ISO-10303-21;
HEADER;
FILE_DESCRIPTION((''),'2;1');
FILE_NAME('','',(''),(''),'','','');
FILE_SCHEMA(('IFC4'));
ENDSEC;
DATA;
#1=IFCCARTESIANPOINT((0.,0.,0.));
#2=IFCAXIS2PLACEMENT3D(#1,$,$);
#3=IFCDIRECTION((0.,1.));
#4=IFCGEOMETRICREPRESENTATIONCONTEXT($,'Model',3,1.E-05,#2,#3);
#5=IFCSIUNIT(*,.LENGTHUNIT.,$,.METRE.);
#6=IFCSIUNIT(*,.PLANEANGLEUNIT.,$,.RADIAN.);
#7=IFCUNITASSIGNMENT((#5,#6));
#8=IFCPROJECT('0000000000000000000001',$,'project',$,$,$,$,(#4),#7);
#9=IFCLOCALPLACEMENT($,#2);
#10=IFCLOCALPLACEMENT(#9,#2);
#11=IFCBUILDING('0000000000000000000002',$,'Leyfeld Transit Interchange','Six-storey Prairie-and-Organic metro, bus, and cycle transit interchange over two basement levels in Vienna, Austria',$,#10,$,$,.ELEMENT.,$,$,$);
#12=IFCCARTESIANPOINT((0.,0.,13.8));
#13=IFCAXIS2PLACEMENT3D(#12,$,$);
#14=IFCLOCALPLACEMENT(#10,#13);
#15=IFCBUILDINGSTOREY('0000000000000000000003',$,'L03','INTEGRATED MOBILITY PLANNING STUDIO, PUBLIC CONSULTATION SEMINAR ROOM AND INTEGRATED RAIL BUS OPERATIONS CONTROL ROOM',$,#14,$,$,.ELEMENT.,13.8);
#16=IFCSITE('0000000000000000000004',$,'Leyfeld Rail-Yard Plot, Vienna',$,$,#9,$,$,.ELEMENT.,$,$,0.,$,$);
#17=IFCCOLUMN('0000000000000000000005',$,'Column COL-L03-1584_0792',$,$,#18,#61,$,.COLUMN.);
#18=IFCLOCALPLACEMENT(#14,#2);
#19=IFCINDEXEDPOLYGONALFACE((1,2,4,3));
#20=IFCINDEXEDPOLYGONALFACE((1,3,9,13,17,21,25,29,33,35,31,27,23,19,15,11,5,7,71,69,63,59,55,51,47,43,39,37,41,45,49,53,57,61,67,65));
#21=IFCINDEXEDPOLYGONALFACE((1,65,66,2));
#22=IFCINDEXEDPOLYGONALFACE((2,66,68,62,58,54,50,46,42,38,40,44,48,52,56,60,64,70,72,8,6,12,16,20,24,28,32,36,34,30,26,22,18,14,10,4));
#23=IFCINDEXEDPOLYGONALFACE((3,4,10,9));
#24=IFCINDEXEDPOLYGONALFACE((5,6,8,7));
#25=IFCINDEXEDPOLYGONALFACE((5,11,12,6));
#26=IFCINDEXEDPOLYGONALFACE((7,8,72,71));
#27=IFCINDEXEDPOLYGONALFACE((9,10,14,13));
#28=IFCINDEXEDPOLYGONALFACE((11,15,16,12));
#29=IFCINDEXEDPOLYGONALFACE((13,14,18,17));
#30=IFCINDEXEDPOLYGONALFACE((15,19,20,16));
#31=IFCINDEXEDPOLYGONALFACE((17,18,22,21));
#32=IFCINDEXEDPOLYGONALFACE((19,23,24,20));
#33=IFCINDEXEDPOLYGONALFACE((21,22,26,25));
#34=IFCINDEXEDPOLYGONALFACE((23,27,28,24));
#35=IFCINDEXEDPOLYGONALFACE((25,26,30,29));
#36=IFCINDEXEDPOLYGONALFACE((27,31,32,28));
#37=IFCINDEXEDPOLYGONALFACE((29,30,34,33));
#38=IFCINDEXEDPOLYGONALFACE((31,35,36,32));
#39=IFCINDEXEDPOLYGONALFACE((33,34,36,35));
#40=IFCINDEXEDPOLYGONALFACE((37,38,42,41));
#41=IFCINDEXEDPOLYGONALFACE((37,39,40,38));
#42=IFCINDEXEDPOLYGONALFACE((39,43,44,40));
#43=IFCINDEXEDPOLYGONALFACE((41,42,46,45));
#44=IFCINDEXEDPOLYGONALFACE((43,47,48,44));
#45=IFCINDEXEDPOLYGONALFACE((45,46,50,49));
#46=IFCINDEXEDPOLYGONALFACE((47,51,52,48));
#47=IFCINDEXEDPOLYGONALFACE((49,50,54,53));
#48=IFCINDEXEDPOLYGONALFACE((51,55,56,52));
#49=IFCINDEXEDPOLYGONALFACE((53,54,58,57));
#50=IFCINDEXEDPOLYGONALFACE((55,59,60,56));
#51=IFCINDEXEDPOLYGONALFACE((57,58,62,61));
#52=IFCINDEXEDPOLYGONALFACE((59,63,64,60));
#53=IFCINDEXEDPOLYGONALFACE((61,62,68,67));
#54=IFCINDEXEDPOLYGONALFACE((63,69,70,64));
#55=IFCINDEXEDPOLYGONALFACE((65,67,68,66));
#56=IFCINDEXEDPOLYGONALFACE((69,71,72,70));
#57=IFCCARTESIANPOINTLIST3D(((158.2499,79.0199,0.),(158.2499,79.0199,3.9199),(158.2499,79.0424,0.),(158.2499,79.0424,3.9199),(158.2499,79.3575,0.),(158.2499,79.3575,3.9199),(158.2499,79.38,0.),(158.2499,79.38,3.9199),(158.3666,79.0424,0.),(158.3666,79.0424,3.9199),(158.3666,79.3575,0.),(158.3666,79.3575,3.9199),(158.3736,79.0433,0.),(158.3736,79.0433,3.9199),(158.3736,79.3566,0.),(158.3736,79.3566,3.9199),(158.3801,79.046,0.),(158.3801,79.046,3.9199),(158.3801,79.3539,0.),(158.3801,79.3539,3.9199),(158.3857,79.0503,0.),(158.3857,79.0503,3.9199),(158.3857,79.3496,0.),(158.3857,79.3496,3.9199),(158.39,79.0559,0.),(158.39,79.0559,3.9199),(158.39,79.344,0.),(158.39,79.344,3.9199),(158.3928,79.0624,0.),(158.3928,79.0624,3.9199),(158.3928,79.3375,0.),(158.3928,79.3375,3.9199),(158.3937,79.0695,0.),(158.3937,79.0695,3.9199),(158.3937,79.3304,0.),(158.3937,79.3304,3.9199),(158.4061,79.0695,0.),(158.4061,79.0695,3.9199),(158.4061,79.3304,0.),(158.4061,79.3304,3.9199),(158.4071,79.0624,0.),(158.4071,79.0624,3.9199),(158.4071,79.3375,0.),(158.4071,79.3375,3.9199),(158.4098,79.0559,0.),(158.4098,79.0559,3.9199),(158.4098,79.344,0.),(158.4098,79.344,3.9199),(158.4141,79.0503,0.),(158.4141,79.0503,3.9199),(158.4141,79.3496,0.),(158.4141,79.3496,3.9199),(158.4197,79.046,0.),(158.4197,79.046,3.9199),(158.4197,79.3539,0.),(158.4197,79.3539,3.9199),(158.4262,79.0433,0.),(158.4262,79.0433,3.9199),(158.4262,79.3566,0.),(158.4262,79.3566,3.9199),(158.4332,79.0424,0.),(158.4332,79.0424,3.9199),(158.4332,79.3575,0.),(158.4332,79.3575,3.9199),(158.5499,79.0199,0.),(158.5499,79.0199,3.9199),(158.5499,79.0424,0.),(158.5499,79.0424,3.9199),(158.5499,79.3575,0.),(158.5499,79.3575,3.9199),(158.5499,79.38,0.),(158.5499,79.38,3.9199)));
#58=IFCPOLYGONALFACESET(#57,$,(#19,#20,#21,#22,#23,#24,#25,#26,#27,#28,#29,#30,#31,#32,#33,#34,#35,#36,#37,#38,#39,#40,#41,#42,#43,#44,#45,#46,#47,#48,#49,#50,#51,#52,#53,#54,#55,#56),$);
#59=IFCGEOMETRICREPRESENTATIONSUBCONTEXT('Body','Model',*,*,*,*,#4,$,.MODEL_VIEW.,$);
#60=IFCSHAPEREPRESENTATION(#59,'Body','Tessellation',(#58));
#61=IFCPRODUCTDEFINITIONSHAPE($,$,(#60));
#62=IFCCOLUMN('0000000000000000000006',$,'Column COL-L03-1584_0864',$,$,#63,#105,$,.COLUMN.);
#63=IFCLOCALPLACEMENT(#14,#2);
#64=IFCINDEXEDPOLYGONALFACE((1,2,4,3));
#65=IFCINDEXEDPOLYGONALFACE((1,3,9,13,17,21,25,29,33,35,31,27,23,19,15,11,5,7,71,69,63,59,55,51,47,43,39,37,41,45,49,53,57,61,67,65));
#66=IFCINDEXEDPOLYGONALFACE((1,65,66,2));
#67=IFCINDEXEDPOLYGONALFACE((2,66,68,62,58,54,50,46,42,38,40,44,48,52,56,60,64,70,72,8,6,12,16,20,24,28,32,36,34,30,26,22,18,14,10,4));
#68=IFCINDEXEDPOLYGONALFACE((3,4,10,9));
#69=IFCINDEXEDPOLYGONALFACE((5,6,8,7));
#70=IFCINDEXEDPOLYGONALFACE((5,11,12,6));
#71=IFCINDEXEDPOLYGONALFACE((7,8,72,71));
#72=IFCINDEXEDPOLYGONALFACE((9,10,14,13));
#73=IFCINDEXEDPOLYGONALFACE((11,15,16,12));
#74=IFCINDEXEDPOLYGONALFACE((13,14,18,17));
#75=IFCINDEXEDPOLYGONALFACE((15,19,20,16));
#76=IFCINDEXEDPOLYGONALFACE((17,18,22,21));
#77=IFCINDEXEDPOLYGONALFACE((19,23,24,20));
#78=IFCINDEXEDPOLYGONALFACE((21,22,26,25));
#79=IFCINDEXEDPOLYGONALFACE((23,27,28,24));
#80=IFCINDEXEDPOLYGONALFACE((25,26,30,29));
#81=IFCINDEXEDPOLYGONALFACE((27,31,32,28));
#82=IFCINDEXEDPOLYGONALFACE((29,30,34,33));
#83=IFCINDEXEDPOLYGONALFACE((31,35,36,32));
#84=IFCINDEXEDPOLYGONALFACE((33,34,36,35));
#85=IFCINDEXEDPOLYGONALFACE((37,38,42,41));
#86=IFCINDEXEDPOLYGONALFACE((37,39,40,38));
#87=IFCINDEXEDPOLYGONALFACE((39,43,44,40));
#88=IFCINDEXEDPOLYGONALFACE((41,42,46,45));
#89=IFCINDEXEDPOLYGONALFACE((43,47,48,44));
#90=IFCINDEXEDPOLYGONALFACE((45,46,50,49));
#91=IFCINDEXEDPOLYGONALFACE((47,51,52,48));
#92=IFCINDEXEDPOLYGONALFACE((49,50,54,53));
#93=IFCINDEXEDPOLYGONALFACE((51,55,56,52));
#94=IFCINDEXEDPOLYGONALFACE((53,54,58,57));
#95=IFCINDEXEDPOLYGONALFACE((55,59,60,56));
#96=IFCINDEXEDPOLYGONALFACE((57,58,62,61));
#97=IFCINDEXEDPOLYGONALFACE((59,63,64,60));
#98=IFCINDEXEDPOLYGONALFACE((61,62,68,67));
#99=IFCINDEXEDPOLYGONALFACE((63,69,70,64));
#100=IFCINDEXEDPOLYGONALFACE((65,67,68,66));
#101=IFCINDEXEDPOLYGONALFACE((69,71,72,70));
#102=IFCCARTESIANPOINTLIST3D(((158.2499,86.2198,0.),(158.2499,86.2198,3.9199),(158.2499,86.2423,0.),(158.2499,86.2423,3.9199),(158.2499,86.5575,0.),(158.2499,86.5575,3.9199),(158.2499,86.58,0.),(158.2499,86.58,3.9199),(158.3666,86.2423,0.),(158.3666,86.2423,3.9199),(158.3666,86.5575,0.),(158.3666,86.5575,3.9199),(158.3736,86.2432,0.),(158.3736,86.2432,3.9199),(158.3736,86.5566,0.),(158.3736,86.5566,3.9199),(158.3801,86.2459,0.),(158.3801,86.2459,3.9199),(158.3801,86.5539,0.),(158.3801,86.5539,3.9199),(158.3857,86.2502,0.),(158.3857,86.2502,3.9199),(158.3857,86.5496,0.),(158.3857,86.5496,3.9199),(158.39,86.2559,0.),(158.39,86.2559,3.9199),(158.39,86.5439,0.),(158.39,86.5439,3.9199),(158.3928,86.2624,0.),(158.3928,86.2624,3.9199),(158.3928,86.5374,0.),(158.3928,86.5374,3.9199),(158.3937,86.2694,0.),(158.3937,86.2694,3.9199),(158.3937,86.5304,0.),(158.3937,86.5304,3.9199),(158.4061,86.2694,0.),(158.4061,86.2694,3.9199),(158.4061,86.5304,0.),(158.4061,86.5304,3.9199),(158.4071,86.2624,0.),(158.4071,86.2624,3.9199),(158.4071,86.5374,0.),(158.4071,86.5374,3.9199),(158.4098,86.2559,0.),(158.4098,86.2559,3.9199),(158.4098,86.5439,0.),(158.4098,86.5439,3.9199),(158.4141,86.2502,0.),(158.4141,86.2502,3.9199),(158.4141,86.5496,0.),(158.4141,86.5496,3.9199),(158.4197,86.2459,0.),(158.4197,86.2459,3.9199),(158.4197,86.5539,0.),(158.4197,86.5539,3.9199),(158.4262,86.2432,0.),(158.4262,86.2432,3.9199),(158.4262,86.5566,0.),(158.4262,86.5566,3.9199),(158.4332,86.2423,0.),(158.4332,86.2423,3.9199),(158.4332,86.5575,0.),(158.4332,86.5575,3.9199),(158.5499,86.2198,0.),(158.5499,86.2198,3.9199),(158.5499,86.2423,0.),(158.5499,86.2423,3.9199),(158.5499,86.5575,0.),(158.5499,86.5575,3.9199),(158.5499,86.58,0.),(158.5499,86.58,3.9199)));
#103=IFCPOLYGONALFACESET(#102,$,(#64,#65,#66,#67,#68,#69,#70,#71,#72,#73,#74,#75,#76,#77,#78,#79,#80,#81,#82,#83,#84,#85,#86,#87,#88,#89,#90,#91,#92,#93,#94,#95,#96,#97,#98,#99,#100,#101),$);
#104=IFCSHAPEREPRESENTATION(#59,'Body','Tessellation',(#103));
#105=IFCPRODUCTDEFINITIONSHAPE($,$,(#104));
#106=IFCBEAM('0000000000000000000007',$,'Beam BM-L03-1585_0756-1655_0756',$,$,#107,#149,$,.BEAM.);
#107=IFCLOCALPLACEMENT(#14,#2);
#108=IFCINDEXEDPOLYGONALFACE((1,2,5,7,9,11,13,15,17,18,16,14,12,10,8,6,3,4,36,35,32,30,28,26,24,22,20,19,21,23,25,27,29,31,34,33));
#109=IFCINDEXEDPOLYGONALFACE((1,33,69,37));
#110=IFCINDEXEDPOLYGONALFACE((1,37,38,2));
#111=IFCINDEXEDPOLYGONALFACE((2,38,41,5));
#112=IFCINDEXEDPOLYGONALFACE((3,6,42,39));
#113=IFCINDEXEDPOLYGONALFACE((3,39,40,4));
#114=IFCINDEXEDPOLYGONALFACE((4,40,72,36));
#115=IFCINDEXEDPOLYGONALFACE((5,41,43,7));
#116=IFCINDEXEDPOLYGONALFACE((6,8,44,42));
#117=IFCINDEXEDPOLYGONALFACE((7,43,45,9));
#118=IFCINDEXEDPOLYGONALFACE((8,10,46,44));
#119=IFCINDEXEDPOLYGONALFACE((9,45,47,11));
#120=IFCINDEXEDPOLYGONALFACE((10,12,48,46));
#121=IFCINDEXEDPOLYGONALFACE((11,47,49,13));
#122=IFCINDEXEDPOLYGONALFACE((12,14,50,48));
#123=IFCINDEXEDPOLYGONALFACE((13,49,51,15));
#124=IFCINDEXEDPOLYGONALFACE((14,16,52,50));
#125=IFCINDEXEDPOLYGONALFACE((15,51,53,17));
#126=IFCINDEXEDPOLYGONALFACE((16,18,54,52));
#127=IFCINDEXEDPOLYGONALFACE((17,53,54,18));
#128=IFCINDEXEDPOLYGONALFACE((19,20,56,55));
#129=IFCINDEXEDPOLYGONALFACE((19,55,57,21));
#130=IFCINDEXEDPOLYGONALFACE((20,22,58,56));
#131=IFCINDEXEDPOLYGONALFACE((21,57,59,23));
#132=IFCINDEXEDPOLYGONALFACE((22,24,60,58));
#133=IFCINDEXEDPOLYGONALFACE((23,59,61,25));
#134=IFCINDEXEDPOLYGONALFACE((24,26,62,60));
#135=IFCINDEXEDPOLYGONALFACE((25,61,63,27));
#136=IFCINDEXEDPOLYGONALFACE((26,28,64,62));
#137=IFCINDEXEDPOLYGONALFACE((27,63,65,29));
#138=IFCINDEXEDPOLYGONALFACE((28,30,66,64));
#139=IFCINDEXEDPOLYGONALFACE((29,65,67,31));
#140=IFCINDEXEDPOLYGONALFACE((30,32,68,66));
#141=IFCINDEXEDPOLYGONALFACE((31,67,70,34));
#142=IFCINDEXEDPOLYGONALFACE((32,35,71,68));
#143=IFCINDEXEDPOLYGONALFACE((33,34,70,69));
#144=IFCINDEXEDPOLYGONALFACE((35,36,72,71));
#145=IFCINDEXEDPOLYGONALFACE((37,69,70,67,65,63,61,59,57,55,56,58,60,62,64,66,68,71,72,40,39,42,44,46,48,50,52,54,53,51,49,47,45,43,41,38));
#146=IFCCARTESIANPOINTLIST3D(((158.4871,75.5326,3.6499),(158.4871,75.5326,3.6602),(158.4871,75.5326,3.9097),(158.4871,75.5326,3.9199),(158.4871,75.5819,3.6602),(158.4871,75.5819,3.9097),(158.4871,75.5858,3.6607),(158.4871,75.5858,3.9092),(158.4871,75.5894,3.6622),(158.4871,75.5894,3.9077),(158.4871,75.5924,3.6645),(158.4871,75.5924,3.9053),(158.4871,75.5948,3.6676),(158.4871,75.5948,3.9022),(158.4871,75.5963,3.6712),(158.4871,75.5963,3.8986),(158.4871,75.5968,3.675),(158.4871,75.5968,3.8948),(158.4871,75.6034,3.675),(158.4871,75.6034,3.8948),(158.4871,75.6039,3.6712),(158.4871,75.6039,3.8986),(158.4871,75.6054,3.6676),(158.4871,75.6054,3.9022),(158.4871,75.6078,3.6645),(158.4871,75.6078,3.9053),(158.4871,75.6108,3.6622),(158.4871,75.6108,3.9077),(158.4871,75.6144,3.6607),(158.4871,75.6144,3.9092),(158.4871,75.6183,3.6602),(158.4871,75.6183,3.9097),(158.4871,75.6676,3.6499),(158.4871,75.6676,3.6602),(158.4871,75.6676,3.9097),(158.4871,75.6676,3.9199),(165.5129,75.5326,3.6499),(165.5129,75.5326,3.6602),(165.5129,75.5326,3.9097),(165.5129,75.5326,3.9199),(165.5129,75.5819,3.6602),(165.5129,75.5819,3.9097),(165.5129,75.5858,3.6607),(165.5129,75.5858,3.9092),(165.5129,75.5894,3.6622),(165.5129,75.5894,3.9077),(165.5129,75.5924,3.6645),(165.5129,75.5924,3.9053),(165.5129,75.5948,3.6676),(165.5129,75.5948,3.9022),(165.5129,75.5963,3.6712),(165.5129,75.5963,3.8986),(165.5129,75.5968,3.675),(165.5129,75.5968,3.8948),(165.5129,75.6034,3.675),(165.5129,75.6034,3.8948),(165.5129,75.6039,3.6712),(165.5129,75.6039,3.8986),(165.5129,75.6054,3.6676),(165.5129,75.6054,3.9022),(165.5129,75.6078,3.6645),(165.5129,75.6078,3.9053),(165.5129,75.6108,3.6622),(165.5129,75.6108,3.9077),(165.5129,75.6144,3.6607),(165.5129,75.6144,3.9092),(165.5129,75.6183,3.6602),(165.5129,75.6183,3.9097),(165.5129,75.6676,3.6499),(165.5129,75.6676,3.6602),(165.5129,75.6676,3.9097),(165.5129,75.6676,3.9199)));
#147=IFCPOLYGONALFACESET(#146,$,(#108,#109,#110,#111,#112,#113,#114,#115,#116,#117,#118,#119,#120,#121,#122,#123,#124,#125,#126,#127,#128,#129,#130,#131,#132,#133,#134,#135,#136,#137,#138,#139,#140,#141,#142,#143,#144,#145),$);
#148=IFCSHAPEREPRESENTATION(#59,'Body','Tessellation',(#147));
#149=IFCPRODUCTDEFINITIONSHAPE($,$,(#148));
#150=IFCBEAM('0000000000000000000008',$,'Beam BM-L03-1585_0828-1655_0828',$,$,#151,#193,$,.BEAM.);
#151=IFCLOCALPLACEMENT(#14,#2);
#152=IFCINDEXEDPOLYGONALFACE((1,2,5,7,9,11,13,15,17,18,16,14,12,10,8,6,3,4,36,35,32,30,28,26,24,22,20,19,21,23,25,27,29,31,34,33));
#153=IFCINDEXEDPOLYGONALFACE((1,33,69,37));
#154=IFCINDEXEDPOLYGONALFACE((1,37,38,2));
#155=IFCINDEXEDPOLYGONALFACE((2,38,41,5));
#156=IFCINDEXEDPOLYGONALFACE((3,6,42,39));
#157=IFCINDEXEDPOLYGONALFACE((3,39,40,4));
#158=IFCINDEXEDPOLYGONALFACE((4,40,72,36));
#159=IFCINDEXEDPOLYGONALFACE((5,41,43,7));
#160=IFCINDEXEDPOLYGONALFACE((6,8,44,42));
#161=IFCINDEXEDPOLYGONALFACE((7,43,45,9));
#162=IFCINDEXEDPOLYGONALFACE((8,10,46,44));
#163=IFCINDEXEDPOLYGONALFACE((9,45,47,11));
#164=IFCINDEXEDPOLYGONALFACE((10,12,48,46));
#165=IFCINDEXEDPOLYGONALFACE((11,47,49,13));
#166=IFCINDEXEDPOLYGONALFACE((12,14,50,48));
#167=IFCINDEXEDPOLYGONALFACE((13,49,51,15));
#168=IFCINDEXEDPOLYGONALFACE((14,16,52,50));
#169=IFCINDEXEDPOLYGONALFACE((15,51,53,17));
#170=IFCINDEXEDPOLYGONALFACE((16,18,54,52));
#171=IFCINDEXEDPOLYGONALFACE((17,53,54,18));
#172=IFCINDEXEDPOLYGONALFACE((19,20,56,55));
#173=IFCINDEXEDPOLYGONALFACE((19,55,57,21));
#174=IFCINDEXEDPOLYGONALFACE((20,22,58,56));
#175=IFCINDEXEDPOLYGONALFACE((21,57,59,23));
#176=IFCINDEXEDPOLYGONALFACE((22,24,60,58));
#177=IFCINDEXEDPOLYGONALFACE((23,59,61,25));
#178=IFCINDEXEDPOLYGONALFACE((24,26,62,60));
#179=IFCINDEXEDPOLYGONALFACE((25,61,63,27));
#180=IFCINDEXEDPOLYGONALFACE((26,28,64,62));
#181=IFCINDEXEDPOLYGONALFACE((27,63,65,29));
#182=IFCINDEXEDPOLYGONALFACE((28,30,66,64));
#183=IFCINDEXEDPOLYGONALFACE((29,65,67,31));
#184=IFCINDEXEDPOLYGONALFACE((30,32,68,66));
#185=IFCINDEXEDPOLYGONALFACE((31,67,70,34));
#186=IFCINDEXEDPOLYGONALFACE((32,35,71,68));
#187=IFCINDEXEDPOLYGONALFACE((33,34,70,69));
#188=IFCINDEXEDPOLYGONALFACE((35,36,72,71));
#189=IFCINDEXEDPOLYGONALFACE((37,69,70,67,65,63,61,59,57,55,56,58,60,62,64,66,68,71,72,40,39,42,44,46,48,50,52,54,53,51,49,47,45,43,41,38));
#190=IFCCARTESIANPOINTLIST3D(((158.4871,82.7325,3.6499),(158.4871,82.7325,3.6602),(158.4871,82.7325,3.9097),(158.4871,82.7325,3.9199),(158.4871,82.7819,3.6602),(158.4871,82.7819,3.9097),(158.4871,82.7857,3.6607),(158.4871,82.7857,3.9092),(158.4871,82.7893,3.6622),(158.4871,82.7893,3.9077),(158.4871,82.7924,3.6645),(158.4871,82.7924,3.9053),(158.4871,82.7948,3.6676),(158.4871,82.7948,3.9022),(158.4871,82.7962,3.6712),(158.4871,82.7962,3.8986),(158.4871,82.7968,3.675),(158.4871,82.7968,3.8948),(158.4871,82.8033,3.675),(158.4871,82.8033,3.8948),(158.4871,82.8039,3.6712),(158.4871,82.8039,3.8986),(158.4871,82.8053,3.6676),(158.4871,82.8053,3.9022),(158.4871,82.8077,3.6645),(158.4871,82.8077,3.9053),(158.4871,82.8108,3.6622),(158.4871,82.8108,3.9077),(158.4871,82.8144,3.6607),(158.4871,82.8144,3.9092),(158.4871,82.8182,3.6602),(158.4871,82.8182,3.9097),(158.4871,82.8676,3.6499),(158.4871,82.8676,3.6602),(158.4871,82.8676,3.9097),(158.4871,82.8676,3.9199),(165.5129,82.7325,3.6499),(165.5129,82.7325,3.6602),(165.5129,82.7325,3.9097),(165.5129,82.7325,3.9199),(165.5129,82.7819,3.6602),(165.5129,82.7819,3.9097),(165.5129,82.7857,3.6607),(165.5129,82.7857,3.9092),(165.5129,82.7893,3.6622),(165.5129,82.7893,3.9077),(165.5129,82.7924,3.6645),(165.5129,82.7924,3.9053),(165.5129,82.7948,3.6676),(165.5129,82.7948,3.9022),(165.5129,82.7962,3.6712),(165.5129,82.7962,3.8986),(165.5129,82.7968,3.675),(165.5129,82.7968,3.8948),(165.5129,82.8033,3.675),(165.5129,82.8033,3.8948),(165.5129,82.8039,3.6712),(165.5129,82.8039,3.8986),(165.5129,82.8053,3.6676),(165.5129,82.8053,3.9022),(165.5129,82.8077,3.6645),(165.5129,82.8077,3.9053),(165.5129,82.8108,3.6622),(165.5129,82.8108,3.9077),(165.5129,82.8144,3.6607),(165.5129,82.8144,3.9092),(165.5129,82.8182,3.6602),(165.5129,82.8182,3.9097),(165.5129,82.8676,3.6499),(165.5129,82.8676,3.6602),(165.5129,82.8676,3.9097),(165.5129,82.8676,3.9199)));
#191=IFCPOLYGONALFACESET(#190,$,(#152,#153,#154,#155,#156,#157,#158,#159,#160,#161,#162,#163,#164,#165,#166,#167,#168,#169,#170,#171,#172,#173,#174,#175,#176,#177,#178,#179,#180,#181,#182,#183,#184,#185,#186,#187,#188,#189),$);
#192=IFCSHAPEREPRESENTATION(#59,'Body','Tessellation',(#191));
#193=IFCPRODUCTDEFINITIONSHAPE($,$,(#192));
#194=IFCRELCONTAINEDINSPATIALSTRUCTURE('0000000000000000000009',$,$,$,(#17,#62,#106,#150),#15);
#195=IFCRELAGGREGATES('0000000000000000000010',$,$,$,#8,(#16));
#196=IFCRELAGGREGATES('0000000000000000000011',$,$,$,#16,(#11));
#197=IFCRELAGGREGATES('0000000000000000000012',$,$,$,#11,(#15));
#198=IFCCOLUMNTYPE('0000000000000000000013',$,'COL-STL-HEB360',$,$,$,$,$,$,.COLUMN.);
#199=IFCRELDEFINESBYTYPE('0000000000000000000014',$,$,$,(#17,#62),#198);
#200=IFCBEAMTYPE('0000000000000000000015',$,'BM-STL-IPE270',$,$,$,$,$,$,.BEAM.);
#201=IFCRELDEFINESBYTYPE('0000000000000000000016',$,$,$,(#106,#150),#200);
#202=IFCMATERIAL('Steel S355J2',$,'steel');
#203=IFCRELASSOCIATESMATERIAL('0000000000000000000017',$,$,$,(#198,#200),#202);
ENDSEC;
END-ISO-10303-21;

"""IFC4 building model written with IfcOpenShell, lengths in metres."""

from ifc_helpers import new_model, si_unit, direction, frame, origin, origin_2d, place, context, subcontext, project, spatial, i_section, extrude, material, material_profile, profile_set, type_object, element, save


model = new_model("IFC4")

# Units and contexts
model_context = context("Model", 3, precision=1e-05, world=origin(), true_north=direction((0.0, 1.0)))
body_context = subcontext(model_context, "Body", "Model", "MODEL_VIEW")
ifc_project = project(units=[si_unit("LENGTHUNIT", "METRE"), si_unit("PLANEANGLEUNIT", "RADIAN")], contexts=[model_context])

# Site, building, storey
site_placement = place(None, origin())
site = spatial("IfcSite", under=ifc_project, at=site_placement, Name="Leyfeld Rail-Yard Plot, Vienna", CompositionType="ELEMENT", RefElevation=0.0)
building_placement = place(site_placement, origin())
building = spatial("IfcBuilding", under=site, at=building_placement, Name="Leyfeld Transit Interchange", Description="Six-storey Prairie-and-Organic metro, bus, and cycle transit interchange over two basement levels in Vienna, Austria", CompositionType="ELEMENT")
storey_placement = place(building_placement, frame((0.0, 0.0, 13.8)))
storey = spatial("IfcBuildingStorey", under=building, at=storey_placement, Name="L03", Description="INTEGRATED MOBILITY PLANNING STUDIO, PUBLIC CONSULTATION SEMINAR ROOM AND INTEGRATED RAIL BUS OPERATIONS CONTROL ROOM", CompositionType="ELEMENT", Elevation=13.8)

# Columns
ifc_material_1 = material(Name="Steel S355J2", Category="steel")
ifc_material_profile_1 = material_profile(ifc_material_1, i_section(OverallWidth=0.3, OverallDepth=0.3601, WebThickness=0.0125, FlangeThickness=0.0225, FilletRadius=0.0271, at=origin_2d()), Name="HEB 360")
ifc_profile_set_1 = profile_set([ifc_material_profile_1], Name="Steel S355J2")
column_type = type_object("IfcColumnType", Name="COL-STL-HEB360", PredefinedType="COLUMN", material=ifc_profile_set_1)
for number, where, z_axis, x_axis, name in (
    (1, (158.3999, 79.2, 0.0), (0.0, 0.0, 1.0), (1.0, 0.0, 0.0), "Column COL-L03-1584_0792"),
    (2, (158.3999, 86.3999, 0.0), (0.0, 0.0, 1.0), (1.0, 0.0, 0.0), "Column COL-L03-1584_0864"),
):
    element("IfcColumn", number, at=place(storey_placement, frame(where, z_axis=z_axis, x_axis=x_axis)), inside=storey, type_object=column_type, Name=name, PredefinedType="COLUMN", context=body_context, shape_type="SweptSolid", body=[
        extrude(i_section(OverallWidth=0.3, OverallDepth=0.3601, WebThickness=0.0125, FlangeThickness=0.0225, FilletRadius=0.0271, at=origin_2d()), origin(), (0.0, 0.0, 1.0), 3.9199),
    ])

# Beams
ifc_material_profile_2 = material_profile(ifc_material_1, i_section(OverallWidth=0.135, OverallDepth=0.27, WebThickness=0.0066, FlangeThickness=0.0103, FilletRadius=0.0149, at=origin_2d()), Name="IPE 270")
ifc_profile_set_2 = profile_set([ifc_material_profile_2], Name="Steel S355J2")
beam_type_1 = type_object("IfcBeamType", Name="BM-STL-IPE270", PredefinedType="BEAM", material=ifc_profile_set_2)
for number, where, z_axis, x_axis, name in (
    (3, (158.4871, 75.6001, 3.7849), (1.0, 0.0, 0.0), (0.0, 1.0, 0.0), "Beam BM-L03-1585_0756-1655_0756"),
    (4, (158.4871, 82.8, 3.7849), (1.0, 0.0, 0.0), (0.0, 1.0, 0.0), "Beam BM-L03-1585_0828-1655_0828"),
):
    element("IfcBeam", number, at=place(storey_placement, frame(where, z_axis=z_axis, x_axis=x_axis)), inside=storey, type_object=beam_type_1, Name=name, PredefinedType="BEAM", context=body_context, shape_type="SweptSolid", body=[
        extrude(i_section(OverallWidth=0.135, OverallDepth=0.27, WebThickness=0.0066, FlangeThickness=0.0103, FilletRadius=0.0149, at=origin_2d()), origin(), (0.0, 0.0, 1.0), 7.0259),
    ])

save(model, "model.ifc")
